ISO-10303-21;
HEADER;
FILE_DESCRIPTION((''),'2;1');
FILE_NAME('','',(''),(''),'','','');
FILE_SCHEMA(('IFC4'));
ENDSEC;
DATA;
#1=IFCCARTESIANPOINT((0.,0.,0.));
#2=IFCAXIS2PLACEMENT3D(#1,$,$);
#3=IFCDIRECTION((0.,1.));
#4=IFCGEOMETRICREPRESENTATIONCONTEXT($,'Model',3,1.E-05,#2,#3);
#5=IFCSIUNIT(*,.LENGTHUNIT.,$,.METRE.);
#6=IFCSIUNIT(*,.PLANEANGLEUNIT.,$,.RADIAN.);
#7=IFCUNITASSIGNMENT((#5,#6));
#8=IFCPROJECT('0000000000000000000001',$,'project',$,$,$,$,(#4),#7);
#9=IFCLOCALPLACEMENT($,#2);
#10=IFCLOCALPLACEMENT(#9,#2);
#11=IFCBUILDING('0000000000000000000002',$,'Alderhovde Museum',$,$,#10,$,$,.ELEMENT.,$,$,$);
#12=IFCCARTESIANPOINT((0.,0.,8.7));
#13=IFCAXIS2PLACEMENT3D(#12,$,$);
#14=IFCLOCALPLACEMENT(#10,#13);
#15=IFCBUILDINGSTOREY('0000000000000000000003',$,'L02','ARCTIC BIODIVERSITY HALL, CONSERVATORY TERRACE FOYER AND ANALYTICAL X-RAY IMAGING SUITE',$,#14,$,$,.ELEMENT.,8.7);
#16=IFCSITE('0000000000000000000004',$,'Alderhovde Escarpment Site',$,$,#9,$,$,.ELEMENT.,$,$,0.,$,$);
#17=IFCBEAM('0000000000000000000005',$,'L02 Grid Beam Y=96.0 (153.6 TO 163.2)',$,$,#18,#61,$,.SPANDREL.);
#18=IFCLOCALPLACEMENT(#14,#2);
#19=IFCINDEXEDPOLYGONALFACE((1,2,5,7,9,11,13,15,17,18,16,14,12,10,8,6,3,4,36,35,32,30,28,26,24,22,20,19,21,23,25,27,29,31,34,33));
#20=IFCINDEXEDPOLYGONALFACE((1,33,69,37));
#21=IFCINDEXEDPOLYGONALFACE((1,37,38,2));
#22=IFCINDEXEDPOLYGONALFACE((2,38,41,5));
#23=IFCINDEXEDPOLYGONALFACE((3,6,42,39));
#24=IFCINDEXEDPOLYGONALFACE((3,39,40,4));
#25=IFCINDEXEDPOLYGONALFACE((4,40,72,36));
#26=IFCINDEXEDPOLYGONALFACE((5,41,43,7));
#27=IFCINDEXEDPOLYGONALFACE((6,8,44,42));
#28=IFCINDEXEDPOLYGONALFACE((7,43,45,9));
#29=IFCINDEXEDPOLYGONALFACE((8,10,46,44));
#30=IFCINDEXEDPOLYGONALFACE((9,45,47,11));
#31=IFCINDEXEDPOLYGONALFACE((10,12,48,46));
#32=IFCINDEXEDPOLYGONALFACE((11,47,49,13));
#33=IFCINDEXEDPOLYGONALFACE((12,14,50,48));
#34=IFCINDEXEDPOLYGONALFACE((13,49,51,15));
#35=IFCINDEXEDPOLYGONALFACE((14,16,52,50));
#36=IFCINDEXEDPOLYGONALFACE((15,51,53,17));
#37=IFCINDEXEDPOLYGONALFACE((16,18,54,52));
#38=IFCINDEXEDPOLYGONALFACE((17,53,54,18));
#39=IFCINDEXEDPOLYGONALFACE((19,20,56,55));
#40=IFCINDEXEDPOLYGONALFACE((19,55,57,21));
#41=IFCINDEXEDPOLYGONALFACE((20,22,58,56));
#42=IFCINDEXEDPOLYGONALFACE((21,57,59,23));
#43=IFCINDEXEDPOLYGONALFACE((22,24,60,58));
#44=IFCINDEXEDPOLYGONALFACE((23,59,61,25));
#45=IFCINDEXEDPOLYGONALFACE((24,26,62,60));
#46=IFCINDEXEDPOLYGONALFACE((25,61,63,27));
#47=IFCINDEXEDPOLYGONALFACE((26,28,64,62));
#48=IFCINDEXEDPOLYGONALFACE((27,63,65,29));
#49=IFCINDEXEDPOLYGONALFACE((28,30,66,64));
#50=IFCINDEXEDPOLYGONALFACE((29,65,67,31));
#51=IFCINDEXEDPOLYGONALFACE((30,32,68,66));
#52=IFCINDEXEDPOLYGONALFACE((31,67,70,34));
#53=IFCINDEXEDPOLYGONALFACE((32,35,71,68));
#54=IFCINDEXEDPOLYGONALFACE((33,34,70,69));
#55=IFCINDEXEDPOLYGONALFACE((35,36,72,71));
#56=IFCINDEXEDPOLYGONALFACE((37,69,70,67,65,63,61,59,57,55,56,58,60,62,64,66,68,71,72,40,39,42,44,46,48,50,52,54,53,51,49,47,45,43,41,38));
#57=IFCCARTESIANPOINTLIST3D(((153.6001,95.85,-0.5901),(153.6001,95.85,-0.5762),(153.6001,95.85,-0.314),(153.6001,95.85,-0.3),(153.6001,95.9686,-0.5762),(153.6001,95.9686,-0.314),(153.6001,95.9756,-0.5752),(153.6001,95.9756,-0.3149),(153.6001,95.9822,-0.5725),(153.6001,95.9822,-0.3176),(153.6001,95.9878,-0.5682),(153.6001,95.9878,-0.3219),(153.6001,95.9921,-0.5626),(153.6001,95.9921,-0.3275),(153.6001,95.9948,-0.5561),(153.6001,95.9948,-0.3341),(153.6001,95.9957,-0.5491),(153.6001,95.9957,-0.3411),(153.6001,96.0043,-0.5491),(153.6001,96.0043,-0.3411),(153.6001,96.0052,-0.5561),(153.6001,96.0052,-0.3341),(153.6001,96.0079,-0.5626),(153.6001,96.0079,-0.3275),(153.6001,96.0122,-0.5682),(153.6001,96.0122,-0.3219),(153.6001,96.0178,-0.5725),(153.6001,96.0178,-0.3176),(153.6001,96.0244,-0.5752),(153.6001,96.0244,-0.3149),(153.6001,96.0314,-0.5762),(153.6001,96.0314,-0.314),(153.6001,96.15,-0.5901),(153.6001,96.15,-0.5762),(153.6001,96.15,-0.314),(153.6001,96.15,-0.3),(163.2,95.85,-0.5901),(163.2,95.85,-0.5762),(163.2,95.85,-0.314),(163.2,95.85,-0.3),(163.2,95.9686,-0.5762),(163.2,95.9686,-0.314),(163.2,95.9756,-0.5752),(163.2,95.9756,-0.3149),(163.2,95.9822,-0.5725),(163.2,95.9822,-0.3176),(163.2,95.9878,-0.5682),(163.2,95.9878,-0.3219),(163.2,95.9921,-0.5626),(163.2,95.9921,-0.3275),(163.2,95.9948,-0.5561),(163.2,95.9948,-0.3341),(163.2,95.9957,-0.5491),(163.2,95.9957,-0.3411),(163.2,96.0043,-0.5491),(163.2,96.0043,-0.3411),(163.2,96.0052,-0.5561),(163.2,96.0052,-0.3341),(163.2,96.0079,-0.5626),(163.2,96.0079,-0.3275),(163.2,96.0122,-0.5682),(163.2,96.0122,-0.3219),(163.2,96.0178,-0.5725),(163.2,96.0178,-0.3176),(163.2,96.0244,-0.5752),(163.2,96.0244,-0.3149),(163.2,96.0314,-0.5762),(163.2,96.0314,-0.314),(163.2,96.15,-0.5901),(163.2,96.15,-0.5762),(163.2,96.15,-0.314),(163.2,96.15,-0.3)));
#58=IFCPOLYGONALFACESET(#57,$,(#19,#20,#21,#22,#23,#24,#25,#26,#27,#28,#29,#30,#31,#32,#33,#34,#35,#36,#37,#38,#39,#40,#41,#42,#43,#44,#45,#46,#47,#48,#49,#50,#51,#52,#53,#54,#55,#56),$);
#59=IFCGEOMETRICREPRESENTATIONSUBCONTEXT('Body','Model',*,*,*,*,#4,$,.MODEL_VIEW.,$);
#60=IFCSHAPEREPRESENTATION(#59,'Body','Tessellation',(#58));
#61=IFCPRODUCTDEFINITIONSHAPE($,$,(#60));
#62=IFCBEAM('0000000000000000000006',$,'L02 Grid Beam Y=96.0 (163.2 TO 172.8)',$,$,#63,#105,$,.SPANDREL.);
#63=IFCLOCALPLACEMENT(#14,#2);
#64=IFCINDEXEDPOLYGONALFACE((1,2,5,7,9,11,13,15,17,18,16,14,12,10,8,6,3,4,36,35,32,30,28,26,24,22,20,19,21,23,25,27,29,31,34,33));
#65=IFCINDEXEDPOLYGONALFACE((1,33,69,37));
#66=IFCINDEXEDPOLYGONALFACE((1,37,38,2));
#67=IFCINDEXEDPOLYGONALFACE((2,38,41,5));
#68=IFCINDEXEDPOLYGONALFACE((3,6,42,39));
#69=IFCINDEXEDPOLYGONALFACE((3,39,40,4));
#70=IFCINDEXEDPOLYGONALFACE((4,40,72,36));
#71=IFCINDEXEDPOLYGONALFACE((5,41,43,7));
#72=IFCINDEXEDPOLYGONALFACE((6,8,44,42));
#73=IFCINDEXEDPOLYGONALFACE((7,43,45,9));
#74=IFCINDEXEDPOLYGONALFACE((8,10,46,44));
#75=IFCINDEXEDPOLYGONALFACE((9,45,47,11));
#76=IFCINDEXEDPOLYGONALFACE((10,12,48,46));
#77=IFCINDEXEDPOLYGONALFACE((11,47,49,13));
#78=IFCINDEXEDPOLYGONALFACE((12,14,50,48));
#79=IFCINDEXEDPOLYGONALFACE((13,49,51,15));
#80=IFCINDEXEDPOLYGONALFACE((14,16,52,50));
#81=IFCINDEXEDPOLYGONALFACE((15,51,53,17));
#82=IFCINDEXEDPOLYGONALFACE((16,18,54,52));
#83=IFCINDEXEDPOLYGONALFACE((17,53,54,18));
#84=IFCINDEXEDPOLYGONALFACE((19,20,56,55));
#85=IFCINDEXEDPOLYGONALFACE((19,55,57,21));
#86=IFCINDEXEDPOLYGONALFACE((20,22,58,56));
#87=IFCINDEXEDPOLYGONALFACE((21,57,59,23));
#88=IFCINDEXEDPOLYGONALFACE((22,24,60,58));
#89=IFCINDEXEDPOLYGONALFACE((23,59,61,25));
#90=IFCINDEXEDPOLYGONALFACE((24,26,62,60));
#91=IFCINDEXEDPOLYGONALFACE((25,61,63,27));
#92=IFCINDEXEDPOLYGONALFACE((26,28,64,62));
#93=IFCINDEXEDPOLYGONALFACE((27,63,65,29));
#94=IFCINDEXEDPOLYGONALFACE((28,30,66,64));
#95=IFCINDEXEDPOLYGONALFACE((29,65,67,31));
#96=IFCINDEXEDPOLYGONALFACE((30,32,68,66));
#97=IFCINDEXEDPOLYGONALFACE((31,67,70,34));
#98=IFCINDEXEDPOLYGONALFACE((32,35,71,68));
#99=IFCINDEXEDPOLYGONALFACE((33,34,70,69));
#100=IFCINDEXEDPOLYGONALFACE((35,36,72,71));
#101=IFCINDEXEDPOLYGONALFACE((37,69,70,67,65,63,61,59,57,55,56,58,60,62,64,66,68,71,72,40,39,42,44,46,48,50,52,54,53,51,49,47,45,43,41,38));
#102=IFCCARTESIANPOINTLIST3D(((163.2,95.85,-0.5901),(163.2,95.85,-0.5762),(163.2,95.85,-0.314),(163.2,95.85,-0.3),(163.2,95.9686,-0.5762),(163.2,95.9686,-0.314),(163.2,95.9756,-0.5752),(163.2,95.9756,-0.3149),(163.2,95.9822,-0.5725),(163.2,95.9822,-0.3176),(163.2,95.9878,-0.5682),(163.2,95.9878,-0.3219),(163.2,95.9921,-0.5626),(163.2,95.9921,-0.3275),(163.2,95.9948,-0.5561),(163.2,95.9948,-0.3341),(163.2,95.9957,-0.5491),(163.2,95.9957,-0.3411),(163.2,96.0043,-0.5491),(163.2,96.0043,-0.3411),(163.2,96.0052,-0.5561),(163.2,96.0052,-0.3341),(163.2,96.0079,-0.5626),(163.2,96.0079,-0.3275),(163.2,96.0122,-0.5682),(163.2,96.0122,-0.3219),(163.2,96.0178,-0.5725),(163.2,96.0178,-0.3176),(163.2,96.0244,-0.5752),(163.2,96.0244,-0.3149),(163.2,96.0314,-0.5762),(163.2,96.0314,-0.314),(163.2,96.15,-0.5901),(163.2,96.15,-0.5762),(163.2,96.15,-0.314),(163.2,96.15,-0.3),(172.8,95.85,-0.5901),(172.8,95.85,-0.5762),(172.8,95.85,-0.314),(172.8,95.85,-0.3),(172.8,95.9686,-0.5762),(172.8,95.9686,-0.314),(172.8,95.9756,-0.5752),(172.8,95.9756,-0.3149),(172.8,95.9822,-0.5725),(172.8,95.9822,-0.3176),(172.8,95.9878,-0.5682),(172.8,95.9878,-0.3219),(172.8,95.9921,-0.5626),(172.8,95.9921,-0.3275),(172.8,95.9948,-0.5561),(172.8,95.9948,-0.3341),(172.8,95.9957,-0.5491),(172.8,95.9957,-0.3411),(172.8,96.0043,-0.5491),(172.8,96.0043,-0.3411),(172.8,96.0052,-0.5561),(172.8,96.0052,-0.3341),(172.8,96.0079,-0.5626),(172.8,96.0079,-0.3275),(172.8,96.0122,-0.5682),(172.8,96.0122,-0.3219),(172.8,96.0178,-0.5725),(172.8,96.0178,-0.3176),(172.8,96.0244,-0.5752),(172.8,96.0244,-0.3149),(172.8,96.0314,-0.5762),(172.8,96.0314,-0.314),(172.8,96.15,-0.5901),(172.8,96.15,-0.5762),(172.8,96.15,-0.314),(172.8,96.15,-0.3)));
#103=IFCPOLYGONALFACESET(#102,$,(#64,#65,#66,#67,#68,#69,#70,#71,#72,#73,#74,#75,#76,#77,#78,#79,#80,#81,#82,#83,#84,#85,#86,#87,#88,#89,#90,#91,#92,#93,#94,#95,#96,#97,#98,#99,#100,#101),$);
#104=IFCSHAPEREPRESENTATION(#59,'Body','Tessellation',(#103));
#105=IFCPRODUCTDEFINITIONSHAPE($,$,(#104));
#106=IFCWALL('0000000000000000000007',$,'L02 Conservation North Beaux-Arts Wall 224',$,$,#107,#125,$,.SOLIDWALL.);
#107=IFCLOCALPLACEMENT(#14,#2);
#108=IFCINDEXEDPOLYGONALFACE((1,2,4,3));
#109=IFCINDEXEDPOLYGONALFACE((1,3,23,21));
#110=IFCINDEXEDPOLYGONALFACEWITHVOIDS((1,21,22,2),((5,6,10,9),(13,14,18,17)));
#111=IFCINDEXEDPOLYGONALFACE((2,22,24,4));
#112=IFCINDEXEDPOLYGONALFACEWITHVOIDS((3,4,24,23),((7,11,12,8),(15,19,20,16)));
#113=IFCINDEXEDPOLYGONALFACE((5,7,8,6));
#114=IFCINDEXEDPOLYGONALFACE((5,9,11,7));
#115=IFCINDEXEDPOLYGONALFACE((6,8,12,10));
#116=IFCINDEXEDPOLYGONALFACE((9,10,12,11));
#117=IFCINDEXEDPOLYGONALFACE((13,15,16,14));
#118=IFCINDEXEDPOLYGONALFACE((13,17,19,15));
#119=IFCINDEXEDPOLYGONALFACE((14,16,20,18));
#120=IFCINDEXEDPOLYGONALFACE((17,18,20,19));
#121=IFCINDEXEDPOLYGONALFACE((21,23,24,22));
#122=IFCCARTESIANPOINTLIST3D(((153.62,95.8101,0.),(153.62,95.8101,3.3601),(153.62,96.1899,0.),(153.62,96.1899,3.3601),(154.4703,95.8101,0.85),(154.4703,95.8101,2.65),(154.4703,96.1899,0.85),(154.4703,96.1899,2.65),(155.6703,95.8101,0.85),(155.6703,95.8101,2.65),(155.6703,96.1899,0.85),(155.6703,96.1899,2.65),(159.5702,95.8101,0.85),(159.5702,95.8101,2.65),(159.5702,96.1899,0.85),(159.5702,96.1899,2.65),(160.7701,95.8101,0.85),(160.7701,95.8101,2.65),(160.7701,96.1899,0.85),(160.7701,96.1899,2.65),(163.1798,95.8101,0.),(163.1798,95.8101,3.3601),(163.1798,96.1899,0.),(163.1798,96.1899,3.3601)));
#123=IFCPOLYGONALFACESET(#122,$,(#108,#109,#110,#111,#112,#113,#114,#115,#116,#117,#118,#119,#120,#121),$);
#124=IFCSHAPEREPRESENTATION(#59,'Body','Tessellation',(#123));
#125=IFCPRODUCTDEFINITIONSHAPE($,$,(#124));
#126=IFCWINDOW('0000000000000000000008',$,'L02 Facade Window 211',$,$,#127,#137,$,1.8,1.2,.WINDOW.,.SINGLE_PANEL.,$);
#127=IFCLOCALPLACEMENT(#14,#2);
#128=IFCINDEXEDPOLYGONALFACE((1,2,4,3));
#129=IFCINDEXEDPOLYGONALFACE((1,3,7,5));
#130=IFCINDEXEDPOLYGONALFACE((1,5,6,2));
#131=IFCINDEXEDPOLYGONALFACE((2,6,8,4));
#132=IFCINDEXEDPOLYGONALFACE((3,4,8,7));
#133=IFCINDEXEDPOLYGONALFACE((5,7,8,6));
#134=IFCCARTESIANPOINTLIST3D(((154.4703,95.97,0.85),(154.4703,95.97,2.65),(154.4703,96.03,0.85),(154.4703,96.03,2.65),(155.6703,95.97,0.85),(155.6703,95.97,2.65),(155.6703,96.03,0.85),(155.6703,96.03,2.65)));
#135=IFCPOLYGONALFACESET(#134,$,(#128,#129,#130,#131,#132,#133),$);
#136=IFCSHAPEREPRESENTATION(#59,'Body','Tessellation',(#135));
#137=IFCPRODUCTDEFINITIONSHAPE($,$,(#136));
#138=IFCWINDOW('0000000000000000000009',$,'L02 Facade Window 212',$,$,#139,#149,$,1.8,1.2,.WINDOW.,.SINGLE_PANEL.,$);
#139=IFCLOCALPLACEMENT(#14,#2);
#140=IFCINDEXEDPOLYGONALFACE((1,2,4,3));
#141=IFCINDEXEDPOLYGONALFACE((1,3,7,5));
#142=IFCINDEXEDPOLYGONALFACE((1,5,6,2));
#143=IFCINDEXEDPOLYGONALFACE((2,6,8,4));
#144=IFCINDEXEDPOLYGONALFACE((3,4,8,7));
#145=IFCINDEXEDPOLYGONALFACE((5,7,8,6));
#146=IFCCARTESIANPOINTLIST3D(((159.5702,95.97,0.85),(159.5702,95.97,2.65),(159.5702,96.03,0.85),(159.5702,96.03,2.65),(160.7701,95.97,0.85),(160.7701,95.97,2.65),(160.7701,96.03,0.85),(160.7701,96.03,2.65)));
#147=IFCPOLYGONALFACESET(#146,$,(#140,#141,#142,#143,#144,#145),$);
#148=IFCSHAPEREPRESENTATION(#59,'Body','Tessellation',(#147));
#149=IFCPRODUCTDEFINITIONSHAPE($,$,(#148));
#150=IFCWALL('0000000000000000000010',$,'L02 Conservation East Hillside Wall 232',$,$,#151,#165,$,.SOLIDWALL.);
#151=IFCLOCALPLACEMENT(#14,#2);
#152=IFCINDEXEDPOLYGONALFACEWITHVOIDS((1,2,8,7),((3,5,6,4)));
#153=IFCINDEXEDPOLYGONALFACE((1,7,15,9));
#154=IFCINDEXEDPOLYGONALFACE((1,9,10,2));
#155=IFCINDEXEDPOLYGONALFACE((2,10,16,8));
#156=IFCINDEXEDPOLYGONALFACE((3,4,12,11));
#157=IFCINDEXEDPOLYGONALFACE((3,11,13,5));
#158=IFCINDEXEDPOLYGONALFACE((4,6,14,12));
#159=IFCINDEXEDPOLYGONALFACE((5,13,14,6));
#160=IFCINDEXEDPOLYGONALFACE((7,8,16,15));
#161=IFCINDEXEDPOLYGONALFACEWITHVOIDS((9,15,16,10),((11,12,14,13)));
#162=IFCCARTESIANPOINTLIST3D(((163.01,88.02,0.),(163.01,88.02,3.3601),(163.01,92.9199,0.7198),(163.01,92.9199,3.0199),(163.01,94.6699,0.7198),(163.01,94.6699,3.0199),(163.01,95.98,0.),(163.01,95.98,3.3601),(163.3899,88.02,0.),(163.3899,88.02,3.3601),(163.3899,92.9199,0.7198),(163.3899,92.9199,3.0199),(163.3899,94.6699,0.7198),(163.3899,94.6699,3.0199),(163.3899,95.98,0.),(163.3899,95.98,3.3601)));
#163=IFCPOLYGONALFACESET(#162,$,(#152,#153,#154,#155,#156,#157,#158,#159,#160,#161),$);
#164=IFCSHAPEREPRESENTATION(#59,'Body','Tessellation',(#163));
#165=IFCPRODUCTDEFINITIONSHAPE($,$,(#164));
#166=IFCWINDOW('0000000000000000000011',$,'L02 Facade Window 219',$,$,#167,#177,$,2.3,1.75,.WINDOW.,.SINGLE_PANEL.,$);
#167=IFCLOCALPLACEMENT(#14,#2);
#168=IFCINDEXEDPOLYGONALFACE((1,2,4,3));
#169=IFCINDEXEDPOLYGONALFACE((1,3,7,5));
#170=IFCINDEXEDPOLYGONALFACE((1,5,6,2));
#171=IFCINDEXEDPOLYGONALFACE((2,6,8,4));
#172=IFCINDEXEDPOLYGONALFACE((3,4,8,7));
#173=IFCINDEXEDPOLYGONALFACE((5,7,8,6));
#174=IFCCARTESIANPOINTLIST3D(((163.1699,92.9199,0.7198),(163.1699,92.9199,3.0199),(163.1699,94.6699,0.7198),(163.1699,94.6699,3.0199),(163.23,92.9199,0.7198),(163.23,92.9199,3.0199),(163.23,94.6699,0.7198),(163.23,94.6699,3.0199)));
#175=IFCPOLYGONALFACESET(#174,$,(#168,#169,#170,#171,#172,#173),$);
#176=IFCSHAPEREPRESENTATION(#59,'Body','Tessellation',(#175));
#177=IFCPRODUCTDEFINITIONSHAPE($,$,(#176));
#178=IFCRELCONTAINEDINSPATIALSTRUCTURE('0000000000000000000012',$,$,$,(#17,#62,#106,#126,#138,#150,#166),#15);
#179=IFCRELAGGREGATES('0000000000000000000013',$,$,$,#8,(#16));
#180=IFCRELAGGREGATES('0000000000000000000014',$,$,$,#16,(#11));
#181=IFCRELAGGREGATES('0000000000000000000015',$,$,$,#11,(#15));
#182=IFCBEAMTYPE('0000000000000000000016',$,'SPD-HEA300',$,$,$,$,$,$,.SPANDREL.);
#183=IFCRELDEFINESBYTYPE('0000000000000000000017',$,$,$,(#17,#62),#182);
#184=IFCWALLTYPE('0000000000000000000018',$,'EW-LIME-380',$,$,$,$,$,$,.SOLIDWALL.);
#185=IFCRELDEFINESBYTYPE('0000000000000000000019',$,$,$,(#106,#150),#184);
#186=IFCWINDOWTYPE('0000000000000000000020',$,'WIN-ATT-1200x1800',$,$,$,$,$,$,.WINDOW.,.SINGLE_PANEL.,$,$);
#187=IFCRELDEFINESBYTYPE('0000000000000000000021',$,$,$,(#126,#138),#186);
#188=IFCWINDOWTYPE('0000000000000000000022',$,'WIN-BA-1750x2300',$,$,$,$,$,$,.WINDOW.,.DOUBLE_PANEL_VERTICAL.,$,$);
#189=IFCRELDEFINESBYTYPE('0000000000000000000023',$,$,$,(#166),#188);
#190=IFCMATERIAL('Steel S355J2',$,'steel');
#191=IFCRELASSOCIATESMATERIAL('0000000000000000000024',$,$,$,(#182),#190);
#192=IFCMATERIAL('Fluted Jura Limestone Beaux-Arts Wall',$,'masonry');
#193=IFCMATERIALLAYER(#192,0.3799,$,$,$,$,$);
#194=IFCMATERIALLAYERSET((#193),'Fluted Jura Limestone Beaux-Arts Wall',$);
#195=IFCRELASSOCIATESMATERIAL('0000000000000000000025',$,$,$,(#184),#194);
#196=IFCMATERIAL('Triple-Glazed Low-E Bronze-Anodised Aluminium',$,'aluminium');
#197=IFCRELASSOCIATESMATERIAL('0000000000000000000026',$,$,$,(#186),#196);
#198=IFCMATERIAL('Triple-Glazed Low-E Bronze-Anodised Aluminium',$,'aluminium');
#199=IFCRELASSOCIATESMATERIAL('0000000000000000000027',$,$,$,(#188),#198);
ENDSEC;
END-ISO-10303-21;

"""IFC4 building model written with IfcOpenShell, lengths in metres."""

from ifc_helpers import new_model, si_unit, direction, frame, frame_2d, origin, origin_2d, place, context, subcontext, project, spatial, rectangle, i_section, extrude, material, layer, layer_set, material_profile, profile_set, type_object, element, fill, save


model = new_model("IFC4")

# Units and contexts
model_context = context("Model", 3, precision=1e-05, world=origin(), true_north=direction((0.0, 1.0)))
body_context = subcontext(model_context, "Body", "Model", "MODEL_VIEW")
ifc_project = project(units=[si_unit("LENGTHUNIT", "METRE"), si_unit("PLANEANGLEUNIT", "RADIAN")], contexts=[model_context])

# Site, building, storey
site_placement = place(None, origin())
site = spatial("IfcSite", under=ifc_project, at=site_placement, Name="Alderhovde Escarpment Site", CompositionType="ELEMENT", RefElevation=0.0)
building_placement = place(site_placement, origin())
building = spatial("IfcBuilding", under=site, at=building_placement, Name="Alderhovde Museum", CompositionType="ELEMENT")
storey_placement = place(building_placement, frame((0.0, 0.0, 8.7)))
storey = spatial("IfcBuildingStorey", under=building, at=storey_placement, Name="L02", Description="ARCTIC BIODIVERSITY HALL, CONSERVATORY TERRACE FOYER AND ANALYTICAL X-RAY IMAGING SUITE", CompositionType="ELEMENT", Elevation=8.7)

# Beams
ifc_material_1 = material(Name="Steel S355J2", Category="steel")
ifc_material_profile_1 = material_profile(ifc_material_1, i_section(OverallWidth=0.3, OverallDepth=0.29, WebThickness=0.0085, FlangeThickness=0.0139, FilletRadius=0.0271, at=origin_2d()), Name="HEA 300")
ifc_profile_set_1 = profile_set([ifc_material_profile_1], Name="Steel S355J2")
beam_type_1 = type_object("IfcBeamType", Name="SPD-HEA300", PredefinedType="SPANDREL", material=ifc_profile_set_1)
beam_1_placement = place(storey_placement, frame((153.6001, 96.0, -0.4451), z_axis=(1.0, 0.0, 0.0), x_axis=(0.0, 1.0, 0.0)))
element("IfcBeam", 1, at=beam_1_placement, inside=storey, type_object=beam_type_1, Name="L02 Grid Beam Y=96.0 (153.6 TO 163.2)", PredefinedType="SPANDREL", context=body_context, shape_type="SweptSolid", body=[
    extrude(i_section(OverallWidth=0.3, OverallDepth=0.29, WebThickness=0.0085, FlangeThickness=0.0139, FilletRadius=0.0271, at=origin_2d()), origin(), (0.0, 0.0, 1.0), 9.5999),
])
beam_2_placement = place(storey_placement, frame((163.2, 96.0, -0.4451), z_axis=(1.0, 0.0, 0.0), x_axis=(0.0, 1.0, 0.0)))
element("IfcBeam", 2, at=beam_2_placement, inside=storey, type_object=beam_type_1, Name="L02 Grid Beam Y=96.0 (163.2 TO 172.8)", PredefinedType="SPANDREL", context=body_context, shape_type="SweptSolid", body=[
    extrude(i_section(OverallWidth=0.3, OverallDepth=0.29, WebThickness=0.0085, FlangeThickness=0.0139, FilletRadius=0.0271, at=origin_2d()), origin(), (0.0, 0.0, 1.0), 9.6001),
])

# Wall, openings, windows
ifc_material_2 = material(Name="Fluted Jura Limestone Beaux-Arts Wall", Category="masonry")
ifc_layer = layer(ifc_material_2, 0.3799)
ifc_layer_set = layer_set([ifc_layer], Name="Fluted Jura Limestone Beaux-Arts Wall")
wall_type = type_object("IfcWallType", Name="EW-LIME-380", PredefinedType="SOLIDWALL", material=ifc_layer_set)
wall_1_placement = place(storey_placement, frame((153.6201, 96.0, 0.0), z_axis=(0.0, 0.0, 1.0), x_axis=(1.0, 0.0, 0.0)))
wall_1 = element("IfcWall", 3, at=wall_1_placement, inside=storey, type_object=wall_type, Name="L02 Conservation North Beaux-Arts Wall 224", PredefinedType="SOLIDWALL", context=body_context, shape_type="SweptSolid", body=[
    extrude(rectangle(XDim=9.5598, YDim=0.3799, at=frame_2d((4.7798, 0.0))), origin(), (0.0, 0.0, 1.0), 3.3601),
])
opening_1_placement = place(wall_1_placement, frame((0.8501, 0.0, 0.8501)))
opening_1 = element("IfcOpeningElement", 4, at=opening_1_placement, cuts=wall_1, PredefinedType="OPENING", context=body_context, shape_type="SweptSolid", body=[
    extrude(rectangle(XDim=1.2, YDim=1.8, at=frame_2d((0.6001, 0.8999))), frame((0.0, 0.2, 0.0), z_axis=(0.0, -1.0, 0.0), x_axis=(1.0, 0.0, 0.0)), (0.0, 0.0, 1.0), 0.3999),
])
opening_2_placement = place(wall_1_placement, frame((5.95, 0.0, 0.8501)))
opening_2 = element("IfcOpeningElement", 5, at=opening_2_placement, cuts=wall_1, PredefinedType="OPENING", context=body_context, shape_type="SweptSolid", body=[
    extrude(rectangle(XDim=1.2, YDim=1.8, at=frame_2d((0.6001, 0.8999))), frame((0.0, 0.2, 0.0), z_axis=(0.0, -1.0, 0.0), x_axis=(1.0, 0.0, 0.0)), (0.0, 0.0, 1.0), 0.3999),
])
ifc_material_3 = material(Name="Triple-Glazed Low-E Bronze-Anodised Aluminium", Category="aluminium")
window_type_1 = type_object("IfcWindowType", Name="WIN-ATT-1200x1800", PartitioningType="SINGLE_PANEL", PredefinedType="WINDOW", material=ifc_material_3)
window_1_placement = place(opening_1_placement, origin())
window_1 = element("IfcWindow", 6, at=window_1_placement, inside=storey, type_object=window_type_1, Name="L02 Facade Window 211", OverallHeight=1.8, OverallWidth=1.2, PartitioningType="SINGLE_PANEL", PredefinedType="WINDOW", context=body_context, shape_type="SweptSolid", body=[
    extrude(rectangle(XDim=1.2, YDim=1.8, at=frame_2d((0.6001, 0.8999))), frame((0.0, 0.03, 0.0), z_axis=(0.0, -1.0, 0.0), x_axis=(1.0, 0.0, 0.0)), (0.0, 0.0, 1.0), 0.0601),
])
fill(opening_1, window_1)
window_2_placement = place(opening_2_placement, origin())
window_2 = element("IfcWindow", 7, at=window_2_placement, inside=storey, type_object=window_type_1, Name="L02 Facade Window 212", OverallHeight=1.8, OverallWidth=1.2, PartitioningType="SINGLE_PANEL", PredefinedType="WINDOW", context=body_context, shape_type="SweptSolid", body=[
    extrude(rectangle(XDim=1.2, YDim=1.8, at=frame_2d((0.6001, 0.8999))), frame((0.0, 0.03, 0.0), z_axis=(0.0, -1.0, 0.0), x_axis=(1.0, 0.0, 0.0)), (0.0, 0.0, 1.0), 0.0601),
])
fill(opening_2, window_2)

# Wall, opening, window
wall_2_placement = place(storey_placement, frame((163.2, 88.02, 0.0), z_axis=(0.0, 0.0, 1.0), x_axis=(0.0, 1.0, 0.0)))
wall_2 = element("IfcWall", 8, at=wall_2_placement, inside=storey, type_object=wall_type, Name="L02 Conservation East Hillside Wall 232", PredefinedType="SOLIDWALL", context=body_context, shape_type="SweptSolid", body=[
    extrude(rectangle(XDim=7.96, YDim=0.3799, at=frame_2d((3.98, 0.0))), origin(), (0.0, 0.0, 1.0), 3.3601),
])
opening_3_placement = place(wall_2_placement, frame((4.8999, 0.0, 0.72)))
opening_3 = element("IfcOpeningElement", 9, at=opening_3_placement, cuts=wall_2, PredefinedType="OPENING", context=body_context, shape_type="SweptSolid", body=[
    extrude(rectangle(XDim=1.75, YDim=2.3, at=frame_2d((0.875, 1.1499))), frame((0.0, 0.2, 0.0), z_axis=(0.0, -1.0, 0.0), x_axis=(1.0, 0.0, 0.0)), (0.0, 0.0, 1.0), 0.3999),
])
ifc_material_4 = material(Name="Triple-Glazed Low-E Bronze-Anodised Aluminium", Category="aluminium")
window_type_2 = type_object("IfcWindowType", Name="WIN-BA-1750x2300", PartitioningType="DOUBLE_PANEL_VERTICAL", PredefinedType="WINDOW", material=ifc_material_4)
window_3_placement = place(opening_3_placement, origin())
window_3 = element("IfcWindow", 10, at=window_3_placement, inside=storey, type_object=window_type_2, Name="L02 Facade Window 219", OverallHeight=2.3, OverallWidth=1.75, PartitioningType="SINGLE_PANEL", PredefinedType="WINDOW", context=body_context, shape_type="SweptSolid", body=[
    extrude(rectangle(XDim=1.75, YDim=2.3, at=frame_2d((0.875, 1.1499))), frame((0.0, 0.03, 0.0), z_axis=(0.0, -1.0, 0.0), x_axis=(1.0, 0.0, 0.0)), (0.0, 0.0, 1.0), 0.0601),
])
fill(opening_3, window_3)

save(model, "model.ifc")
